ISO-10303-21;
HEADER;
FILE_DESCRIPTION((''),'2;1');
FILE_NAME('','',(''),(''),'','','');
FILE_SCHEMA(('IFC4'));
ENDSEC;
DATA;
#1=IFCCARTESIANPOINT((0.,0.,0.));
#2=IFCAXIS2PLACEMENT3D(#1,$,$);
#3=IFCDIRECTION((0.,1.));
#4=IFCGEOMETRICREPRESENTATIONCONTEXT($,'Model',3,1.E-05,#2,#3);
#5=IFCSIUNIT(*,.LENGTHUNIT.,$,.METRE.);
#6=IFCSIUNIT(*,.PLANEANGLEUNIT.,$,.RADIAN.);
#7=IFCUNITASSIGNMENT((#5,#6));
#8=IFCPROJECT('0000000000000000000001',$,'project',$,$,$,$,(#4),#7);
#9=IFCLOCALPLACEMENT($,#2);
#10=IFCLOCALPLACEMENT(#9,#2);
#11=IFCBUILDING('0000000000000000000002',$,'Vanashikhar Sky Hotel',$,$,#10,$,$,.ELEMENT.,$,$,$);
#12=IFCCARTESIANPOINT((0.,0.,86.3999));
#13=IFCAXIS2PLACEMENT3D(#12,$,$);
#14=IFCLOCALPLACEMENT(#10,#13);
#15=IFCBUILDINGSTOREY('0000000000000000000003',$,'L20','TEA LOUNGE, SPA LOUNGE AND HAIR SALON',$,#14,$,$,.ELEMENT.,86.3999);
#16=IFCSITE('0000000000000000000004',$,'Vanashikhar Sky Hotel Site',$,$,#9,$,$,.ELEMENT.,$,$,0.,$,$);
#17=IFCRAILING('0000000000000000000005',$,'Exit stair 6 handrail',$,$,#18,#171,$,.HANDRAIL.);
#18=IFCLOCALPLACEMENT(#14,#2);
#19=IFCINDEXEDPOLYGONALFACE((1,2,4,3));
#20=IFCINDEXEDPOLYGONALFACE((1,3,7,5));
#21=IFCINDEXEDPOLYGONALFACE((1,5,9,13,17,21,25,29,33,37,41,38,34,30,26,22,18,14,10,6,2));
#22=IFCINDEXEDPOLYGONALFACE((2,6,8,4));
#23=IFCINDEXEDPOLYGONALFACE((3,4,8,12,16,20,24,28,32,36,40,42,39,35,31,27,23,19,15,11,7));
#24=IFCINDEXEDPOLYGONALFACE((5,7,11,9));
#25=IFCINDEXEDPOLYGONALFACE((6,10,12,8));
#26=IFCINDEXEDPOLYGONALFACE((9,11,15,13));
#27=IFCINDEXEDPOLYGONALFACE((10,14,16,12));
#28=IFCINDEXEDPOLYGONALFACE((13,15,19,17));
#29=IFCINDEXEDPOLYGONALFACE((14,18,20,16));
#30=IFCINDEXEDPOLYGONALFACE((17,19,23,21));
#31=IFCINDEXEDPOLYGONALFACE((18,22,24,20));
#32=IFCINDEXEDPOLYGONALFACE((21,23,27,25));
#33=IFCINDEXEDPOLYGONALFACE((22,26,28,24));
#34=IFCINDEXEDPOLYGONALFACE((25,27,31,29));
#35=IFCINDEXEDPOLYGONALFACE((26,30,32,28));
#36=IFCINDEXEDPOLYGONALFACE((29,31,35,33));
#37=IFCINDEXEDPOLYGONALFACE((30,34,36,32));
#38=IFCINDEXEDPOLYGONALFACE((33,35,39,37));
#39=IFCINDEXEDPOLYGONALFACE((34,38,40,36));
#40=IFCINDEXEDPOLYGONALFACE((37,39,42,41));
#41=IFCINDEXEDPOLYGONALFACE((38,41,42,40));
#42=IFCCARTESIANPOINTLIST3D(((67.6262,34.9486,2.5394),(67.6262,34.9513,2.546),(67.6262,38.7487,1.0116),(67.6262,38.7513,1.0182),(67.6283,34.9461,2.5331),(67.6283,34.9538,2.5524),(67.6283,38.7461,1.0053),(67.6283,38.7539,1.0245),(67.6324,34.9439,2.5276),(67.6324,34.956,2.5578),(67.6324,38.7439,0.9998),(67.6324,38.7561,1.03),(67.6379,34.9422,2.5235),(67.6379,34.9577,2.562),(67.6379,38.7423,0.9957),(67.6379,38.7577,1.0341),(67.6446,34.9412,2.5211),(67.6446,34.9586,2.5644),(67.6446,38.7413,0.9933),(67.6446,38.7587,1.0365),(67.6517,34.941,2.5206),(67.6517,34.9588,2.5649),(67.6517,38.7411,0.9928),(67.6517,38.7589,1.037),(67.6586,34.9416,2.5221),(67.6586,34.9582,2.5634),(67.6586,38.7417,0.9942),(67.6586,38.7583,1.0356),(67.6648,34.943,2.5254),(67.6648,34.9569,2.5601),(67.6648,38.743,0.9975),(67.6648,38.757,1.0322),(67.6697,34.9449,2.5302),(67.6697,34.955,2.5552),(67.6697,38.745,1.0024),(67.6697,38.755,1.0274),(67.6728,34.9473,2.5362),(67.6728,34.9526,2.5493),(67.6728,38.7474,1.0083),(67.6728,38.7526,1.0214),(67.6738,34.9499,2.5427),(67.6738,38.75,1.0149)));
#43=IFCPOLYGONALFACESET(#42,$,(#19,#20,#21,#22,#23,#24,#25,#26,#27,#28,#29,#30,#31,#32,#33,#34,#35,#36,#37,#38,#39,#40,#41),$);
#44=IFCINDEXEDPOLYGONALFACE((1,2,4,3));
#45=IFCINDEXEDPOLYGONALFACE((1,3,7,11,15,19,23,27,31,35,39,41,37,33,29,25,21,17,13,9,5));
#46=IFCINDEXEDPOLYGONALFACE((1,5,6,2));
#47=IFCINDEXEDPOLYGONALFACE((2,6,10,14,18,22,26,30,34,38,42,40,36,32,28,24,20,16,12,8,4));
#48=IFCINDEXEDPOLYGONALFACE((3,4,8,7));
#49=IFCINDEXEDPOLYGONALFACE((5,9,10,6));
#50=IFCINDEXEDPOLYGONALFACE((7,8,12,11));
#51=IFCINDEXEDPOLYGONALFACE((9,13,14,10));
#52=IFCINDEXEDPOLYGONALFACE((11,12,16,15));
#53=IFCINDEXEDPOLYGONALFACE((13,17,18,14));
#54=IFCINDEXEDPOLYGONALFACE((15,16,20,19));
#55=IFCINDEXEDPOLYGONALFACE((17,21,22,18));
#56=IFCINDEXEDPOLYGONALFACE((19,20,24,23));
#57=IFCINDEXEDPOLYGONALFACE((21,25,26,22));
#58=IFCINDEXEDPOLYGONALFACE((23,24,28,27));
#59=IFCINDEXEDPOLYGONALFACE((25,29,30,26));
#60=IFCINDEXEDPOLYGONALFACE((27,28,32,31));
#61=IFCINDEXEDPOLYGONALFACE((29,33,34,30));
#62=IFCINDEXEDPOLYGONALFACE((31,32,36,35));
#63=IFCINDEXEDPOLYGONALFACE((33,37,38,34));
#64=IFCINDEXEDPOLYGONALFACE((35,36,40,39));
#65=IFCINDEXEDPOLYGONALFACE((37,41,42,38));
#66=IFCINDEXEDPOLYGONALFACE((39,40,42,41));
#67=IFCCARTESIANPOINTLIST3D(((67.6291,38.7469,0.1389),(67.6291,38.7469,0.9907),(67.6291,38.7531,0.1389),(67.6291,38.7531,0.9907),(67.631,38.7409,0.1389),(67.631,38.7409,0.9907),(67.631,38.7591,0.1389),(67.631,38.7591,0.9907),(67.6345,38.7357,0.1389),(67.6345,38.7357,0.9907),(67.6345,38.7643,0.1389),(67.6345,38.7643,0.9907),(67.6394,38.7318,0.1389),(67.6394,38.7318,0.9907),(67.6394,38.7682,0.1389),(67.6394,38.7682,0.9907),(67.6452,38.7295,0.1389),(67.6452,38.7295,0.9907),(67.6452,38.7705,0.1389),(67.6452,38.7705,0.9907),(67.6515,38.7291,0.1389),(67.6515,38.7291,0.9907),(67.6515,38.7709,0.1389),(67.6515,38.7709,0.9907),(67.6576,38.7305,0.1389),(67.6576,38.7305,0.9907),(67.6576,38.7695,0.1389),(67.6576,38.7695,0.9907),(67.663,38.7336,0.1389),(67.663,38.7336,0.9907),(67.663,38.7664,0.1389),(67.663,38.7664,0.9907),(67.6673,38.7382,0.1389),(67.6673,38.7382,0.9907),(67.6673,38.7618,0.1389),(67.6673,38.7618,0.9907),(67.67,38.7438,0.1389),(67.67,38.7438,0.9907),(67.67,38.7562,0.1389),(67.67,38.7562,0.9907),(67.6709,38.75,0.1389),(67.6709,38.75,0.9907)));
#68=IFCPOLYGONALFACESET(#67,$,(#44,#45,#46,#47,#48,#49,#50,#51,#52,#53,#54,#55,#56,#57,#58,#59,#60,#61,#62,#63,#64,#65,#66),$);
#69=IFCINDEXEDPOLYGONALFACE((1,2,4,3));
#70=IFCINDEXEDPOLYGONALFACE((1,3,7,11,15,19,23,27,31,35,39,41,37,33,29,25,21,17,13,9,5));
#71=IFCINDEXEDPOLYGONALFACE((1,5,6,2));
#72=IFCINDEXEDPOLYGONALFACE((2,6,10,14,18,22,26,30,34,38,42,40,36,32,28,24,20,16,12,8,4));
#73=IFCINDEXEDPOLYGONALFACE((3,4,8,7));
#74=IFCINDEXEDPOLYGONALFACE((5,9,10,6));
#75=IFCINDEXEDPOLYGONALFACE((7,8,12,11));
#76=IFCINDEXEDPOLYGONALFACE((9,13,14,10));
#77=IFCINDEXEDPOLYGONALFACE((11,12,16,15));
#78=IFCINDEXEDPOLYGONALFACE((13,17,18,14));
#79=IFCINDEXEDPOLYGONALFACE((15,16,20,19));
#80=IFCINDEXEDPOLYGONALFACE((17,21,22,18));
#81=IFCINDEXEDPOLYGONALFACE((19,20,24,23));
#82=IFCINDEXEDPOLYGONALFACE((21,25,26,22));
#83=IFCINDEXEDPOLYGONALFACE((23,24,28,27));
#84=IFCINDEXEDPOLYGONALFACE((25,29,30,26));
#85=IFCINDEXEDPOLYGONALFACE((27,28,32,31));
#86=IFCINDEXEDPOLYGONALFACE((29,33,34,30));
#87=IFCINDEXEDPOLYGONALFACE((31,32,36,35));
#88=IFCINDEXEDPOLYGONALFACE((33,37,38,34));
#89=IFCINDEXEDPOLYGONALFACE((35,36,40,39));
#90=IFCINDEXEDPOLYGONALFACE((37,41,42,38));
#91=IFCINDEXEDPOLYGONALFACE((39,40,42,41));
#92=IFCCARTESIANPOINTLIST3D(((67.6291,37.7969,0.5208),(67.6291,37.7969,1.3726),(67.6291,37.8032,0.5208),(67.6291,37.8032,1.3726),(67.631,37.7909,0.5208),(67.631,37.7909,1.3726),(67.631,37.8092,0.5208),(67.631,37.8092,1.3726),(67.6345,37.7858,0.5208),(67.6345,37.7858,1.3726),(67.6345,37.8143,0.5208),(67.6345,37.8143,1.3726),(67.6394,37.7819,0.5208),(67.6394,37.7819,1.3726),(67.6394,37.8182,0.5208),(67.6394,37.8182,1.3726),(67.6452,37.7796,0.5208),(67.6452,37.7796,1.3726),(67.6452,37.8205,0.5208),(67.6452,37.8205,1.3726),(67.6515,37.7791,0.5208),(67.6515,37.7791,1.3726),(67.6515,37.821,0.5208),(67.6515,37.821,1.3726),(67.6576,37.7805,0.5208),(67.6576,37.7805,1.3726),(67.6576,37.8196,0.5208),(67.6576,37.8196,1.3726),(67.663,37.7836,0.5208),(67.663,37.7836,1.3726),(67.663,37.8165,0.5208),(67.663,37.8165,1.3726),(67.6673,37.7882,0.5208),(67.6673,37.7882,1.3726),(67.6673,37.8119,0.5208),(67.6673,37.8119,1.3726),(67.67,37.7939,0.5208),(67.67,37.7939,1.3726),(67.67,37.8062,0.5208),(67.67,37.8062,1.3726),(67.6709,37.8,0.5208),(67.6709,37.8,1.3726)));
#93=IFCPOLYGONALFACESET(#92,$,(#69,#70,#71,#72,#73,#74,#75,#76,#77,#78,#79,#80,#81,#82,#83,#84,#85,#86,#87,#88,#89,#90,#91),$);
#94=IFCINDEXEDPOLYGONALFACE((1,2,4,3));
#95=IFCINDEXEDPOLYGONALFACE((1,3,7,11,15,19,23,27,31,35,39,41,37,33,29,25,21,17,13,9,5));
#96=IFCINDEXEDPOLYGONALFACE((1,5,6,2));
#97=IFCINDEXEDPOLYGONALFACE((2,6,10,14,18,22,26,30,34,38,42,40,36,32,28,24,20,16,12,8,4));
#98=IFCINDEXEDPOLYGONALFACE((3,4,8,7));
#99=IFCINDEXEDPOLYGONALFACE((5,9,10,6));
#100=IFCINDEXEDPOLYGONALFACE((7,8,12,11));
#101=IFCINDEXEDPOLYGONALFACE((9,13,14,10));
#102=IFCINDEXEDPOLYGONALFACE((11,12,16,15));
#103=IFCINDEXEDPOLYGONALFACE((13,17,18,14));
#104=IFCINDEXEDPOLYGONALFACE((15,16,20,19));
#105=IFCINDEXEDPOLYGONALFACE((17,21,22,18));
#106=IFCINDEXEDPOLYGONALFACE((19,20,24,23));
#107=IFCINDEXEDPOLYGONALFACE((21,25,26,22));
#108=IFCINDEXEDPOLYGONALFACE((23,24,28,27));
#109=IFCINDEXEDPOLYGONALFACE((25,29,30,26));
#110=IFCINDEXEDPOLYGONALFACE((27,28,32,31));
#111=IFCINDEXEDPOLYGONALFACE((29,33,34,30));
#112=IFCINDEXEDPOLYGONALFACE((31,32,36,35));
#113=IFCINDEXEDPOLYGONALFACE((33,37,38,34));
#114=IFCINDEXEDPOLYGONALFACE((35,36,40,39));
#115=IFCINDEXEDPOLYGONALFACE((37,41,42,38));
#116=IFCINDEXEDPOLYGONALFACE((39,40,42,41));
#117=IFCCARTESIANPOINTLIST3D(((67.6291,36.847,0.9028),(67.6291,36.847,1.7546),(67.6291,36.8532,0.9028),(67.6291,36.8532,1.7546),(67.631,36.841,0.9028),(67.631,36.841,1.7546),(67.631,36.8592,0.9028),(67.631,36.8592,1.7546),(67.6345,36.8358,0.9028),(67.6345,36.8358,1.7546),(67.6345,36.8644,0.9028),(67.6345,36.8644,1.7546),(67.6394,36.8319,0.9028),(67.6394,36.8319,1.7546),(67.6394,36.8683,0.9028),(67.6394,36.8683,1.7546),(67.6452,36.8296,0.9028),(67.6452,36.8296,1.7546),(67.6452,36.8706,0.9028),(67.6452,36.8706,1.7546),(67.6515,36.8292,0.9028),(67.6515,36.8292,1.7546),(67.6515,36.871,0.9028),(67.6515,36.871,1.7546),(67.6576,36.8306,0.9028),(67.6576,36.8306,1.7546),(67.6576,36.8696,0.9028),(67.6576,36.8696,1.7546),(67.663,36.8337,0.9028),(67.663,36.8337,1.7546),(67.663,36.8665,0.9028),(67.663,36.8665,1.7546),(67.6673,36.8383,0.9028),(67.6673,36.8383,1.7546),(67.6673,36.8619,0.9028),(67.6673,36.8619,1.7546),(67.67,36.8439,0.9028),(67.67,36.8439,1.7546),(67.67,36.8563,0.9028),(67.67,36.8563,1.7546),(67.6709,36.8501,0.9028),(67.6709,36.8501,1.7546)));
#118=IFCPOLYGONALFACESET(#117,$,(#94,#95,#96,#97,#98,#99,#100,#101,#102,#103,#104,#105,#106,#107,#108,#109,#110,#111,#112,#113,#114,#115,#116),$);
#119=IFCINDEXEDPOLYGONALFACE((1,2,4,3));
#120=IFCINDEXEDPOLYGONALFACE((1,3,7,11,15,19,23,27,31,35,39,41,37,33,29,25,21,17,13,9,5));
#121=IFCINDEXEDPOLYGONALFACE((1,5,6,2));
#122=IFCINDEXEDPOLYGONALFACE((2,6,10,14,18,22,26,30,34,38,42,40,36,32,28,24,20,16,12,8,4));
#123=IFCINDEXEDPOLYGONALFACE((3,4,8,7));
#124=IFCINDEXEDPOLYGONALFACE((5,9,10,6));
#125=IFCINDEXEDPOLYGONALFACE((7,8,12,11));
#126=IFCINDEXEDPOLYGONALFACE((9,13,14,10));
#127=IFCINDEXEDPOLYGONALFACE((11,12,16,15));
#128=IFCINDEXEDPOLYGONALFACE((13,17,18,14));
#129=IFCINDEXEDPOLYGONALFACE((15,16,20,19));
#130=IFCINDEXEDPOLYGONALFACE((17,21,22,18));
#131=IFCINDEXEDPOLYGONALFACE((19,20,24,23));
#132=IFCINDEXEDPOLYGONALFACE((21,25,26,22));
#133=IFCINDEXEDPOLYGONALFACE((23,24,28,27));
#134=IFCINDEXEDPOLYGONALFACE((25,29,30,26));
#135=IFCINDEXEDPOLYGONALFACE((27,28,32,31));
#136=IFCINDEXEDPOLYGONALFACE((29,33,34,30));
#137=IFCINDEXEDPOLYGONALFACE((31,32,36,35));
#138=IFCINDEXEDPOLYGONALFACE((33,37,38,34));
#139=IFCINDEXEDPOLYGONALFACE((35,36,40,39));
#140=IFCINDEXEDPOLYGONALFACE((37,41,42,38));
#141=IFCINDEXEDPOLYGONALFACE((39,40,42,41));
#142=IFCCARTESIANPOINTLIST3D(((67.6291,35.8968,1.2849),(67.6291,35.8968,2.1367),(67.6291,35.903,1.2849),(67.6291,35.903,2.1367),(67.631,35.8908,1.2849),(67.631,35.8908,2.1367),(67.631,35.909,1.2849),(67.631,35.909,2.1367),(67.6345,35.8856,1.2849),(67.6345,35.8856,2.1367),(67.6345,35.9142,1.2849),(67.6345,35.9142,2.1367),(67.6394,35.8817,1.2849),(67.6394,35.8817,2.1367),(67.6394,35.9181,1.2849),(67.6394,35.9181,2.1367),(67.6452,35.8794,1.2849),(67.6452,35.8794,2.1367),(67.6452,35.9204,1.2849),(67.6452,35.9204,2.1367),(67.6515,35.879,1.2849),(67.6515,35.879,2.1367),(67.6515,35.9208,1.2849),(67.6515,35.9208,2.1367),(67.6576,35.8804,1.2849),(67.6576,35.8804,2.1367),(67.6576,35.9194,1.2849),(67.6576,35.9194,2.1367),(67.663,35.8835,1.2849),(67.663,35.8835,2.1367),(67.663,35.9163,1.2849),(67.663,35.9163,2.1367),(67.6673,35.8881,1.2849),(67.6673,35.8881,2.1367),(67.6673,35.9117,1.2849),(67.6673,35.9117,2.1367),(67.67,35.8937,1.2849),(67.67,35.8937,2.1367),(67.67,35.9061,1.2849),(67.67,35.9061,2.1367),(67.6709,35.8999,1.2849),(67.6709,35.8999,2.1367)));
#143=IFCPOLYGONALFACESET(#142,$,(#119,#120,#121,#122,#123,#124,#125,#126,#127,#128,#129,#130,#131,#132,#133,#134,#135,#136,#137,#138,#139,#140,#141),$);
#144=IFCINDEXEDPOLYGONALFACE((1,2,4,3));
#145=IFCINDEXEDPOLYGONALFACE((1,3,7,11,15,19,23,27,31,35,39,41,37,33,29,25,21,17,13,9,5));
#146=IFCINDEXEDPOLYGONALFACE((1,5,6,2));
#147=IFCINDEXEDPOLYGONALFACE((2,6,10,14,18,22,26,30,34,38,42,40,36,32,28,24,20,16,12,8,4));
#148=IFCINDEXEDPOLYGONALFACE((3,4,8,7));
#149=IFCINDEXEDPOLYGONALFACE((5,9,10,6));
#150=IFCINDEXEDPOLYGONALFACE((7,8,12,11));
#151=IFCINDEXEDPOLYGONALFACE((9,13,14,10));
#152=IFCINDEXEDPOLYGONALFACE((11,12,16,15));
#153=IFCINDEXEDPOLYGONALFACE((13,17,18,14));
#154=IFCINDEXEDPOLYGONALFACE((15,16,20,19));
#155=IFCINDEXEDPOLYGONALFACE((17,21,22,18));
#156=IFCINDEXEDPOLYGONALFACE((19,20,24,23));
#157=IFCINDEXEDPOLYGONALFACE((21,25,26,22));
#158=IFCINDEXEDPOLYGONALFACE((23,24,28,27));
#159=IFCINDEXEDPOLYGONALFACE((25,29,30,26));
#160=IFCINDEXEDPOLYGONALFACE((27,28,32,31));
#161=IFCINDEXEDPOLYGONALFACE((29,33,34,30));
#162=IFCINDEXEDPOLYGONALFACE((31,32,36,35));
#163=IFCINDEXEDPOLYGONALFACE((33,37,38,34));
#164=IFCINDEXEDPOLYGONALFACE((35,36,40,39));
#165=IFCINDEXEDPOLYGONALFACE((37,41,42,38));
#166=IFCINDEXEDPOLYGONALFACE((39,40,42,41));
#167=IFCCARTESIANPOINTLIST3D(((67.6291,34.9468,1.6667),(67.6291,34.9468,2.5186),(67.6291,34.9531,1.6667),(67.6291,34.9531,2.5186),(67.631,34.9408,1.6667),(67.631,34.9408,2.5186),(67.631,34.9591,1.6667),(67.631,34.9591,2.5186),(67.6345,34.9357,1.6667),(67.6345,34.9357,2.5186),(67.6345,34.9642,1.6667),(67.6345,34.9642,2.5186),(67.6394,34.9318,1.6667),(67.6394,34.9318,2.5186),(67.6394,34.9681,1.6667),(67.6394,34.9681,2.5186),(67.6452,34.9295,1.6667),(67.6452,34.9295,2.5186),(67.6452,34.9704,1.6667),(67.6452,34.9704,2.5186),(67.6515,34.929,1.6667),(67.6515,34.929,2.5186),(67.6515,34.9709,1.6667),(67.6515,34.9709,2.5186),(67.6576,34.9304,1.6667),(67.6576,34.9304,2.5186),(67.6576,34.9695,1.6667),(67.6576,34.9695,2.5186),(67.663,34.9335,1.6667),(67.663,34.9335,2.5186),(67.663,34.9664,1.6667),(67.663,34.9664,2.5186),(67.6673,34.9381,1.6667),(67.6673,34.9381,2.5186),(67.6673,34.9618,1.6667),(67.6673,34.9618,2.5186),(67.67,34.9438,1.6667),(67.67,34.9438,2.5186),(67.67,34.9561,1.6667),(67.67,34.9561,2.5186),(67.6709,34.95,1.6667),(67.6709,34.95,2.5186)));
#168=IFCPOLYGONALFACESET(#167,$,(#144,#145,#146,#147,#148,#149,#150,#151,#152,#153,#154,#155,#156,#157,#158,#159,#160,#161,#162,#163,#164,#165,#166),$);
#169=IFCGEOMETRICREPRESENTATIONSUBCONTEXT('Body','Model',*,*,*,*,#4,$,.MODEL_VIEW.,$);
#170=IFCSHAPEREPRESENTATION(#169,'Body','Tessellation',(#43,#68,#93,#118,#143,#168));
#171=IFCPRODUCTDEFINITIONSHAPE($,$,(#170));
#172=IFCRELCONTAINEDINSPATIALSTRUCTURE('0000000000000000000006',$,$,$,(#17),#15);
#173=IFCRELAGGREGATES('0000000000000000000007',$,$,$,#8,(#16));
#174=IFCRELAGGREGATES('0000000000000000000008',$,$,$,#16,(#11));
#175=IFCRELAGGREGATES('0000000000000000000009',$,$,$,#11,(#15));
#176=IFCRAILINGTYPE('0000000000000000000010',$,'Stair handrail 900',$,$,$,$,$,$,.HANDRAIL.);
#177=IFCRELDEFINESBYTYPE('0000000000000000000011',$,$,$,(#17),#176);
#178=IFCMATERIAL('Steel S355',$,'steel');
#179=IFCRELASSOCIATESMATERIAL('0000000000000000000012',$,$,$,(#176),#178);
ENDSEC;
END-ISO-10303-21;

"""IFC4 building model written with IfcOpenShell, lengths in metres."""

from ifc_helpers import new_model, si_unit, direction, frame, origin, origin_2d, place, context, subcontext, project, spatial, circle, extrude, source, transform, mapped, material, type_object, element, save


model = new_model("IFC4")

# Units and contexts
model_context = context("Model", 3, precision=1e-05, world=origin(), true_north=direction((0.0, 1.0)))
body_context = subcontext(model_context, "Body", "Model", "MODEL_VIEW")
ifc_project = project(units=[si_unit("LENGTHUNIT", "METRE"), si_unit("PLANEANGLEUNIT", "RADIAN")], contexts=[model_context])

# Site, building, storey
site_placement = place(None, origin())
site = spatial("IfcSite", under=ifc_project, at=site_placement, Name="Vanashikhar Sky Hotel Site", CompositionType="ELEMENT", RefElevation=0.0)
building_placement = place(site_placement, origin())
building = spatial("IfcBuilding", under=site, at=building_placement, Name="Vanashikhar Sky Hotel", CompositionType="ELEMENT")
storey_placement = place(building_placement, frame((0.0, 0.0, 86.3999)))
storey = spatial("IfcBuildingStorey", under=building, at=storey_placement, Name="L20", Description="TEA LOUNGE, SPA LOUNGE AND HAIR SALON", CompositionType="ELEMENT", Elevation=86.3999)

# Railing
ifc_material_1 = material(Name="Steel S355", Category="steel")
railing_type_1 = type_object("IfcRailingType", Name="Stair handrail 900", PredefinedType="HANDRAIL", material=ifc_material_1)
shared_shape_1 = source(origin(), body_context, "Body", "SweptSolid", [
    extrude(circle(Radius=0.0239, at=origin_2d()), frame((0.0, 0.0, 0.876), z_axis=(0.0, -0.927817, 0.373034), x_axis=(1.0, 0.0, 0.0)), (0.0, 0.0, 1.0), 4.0957),
    extrude(circle(Radius=0.021, at=origin_2d()), origin(), (0.0, 0.0, 1.0), 0.8518),
    extrude(circle(Radius=0.021, at=origin_2d()), frame((0.0, -0.95, 0.3818)), (0.0, 0.0, 1.0), 0.8518),
    extrude(circle(Radius=0.021, at=origin_2d()), frame((0.0, -1.8999, 0.7639)), (0.0, 0.0, 1.0), 0.8518),
    extrude(circle(Radius=0.021, at=origin_2d()), frame((0.0, -2.8501, 1.146)), (0.0, 0.0, 1.0), 0.8518),
    extrude(circle(Radius=0.021, at=origin_2d()), frame((0.0, -3.8, 1.5278)), (0.0, 0.0, 1.0), 0.8518),
])
for number, where, name in (
    (1, (67.6499, 38.75, 0.1389), "Exit stair 6 handrail"),
):
    element("IfcRailing", number, at=place(storey_placement, frame(where)), inside=storey, type_object=railing_type_1, Name=name, PredefinedType="HANDRAIL", context=body_context, shape_type="MappedRepresentation", body=[
        mapped(shared_shape_1, transform((0.0, 0.0, 0.0), scale=1.0)),
    ])

save(model, "model.ifc")
